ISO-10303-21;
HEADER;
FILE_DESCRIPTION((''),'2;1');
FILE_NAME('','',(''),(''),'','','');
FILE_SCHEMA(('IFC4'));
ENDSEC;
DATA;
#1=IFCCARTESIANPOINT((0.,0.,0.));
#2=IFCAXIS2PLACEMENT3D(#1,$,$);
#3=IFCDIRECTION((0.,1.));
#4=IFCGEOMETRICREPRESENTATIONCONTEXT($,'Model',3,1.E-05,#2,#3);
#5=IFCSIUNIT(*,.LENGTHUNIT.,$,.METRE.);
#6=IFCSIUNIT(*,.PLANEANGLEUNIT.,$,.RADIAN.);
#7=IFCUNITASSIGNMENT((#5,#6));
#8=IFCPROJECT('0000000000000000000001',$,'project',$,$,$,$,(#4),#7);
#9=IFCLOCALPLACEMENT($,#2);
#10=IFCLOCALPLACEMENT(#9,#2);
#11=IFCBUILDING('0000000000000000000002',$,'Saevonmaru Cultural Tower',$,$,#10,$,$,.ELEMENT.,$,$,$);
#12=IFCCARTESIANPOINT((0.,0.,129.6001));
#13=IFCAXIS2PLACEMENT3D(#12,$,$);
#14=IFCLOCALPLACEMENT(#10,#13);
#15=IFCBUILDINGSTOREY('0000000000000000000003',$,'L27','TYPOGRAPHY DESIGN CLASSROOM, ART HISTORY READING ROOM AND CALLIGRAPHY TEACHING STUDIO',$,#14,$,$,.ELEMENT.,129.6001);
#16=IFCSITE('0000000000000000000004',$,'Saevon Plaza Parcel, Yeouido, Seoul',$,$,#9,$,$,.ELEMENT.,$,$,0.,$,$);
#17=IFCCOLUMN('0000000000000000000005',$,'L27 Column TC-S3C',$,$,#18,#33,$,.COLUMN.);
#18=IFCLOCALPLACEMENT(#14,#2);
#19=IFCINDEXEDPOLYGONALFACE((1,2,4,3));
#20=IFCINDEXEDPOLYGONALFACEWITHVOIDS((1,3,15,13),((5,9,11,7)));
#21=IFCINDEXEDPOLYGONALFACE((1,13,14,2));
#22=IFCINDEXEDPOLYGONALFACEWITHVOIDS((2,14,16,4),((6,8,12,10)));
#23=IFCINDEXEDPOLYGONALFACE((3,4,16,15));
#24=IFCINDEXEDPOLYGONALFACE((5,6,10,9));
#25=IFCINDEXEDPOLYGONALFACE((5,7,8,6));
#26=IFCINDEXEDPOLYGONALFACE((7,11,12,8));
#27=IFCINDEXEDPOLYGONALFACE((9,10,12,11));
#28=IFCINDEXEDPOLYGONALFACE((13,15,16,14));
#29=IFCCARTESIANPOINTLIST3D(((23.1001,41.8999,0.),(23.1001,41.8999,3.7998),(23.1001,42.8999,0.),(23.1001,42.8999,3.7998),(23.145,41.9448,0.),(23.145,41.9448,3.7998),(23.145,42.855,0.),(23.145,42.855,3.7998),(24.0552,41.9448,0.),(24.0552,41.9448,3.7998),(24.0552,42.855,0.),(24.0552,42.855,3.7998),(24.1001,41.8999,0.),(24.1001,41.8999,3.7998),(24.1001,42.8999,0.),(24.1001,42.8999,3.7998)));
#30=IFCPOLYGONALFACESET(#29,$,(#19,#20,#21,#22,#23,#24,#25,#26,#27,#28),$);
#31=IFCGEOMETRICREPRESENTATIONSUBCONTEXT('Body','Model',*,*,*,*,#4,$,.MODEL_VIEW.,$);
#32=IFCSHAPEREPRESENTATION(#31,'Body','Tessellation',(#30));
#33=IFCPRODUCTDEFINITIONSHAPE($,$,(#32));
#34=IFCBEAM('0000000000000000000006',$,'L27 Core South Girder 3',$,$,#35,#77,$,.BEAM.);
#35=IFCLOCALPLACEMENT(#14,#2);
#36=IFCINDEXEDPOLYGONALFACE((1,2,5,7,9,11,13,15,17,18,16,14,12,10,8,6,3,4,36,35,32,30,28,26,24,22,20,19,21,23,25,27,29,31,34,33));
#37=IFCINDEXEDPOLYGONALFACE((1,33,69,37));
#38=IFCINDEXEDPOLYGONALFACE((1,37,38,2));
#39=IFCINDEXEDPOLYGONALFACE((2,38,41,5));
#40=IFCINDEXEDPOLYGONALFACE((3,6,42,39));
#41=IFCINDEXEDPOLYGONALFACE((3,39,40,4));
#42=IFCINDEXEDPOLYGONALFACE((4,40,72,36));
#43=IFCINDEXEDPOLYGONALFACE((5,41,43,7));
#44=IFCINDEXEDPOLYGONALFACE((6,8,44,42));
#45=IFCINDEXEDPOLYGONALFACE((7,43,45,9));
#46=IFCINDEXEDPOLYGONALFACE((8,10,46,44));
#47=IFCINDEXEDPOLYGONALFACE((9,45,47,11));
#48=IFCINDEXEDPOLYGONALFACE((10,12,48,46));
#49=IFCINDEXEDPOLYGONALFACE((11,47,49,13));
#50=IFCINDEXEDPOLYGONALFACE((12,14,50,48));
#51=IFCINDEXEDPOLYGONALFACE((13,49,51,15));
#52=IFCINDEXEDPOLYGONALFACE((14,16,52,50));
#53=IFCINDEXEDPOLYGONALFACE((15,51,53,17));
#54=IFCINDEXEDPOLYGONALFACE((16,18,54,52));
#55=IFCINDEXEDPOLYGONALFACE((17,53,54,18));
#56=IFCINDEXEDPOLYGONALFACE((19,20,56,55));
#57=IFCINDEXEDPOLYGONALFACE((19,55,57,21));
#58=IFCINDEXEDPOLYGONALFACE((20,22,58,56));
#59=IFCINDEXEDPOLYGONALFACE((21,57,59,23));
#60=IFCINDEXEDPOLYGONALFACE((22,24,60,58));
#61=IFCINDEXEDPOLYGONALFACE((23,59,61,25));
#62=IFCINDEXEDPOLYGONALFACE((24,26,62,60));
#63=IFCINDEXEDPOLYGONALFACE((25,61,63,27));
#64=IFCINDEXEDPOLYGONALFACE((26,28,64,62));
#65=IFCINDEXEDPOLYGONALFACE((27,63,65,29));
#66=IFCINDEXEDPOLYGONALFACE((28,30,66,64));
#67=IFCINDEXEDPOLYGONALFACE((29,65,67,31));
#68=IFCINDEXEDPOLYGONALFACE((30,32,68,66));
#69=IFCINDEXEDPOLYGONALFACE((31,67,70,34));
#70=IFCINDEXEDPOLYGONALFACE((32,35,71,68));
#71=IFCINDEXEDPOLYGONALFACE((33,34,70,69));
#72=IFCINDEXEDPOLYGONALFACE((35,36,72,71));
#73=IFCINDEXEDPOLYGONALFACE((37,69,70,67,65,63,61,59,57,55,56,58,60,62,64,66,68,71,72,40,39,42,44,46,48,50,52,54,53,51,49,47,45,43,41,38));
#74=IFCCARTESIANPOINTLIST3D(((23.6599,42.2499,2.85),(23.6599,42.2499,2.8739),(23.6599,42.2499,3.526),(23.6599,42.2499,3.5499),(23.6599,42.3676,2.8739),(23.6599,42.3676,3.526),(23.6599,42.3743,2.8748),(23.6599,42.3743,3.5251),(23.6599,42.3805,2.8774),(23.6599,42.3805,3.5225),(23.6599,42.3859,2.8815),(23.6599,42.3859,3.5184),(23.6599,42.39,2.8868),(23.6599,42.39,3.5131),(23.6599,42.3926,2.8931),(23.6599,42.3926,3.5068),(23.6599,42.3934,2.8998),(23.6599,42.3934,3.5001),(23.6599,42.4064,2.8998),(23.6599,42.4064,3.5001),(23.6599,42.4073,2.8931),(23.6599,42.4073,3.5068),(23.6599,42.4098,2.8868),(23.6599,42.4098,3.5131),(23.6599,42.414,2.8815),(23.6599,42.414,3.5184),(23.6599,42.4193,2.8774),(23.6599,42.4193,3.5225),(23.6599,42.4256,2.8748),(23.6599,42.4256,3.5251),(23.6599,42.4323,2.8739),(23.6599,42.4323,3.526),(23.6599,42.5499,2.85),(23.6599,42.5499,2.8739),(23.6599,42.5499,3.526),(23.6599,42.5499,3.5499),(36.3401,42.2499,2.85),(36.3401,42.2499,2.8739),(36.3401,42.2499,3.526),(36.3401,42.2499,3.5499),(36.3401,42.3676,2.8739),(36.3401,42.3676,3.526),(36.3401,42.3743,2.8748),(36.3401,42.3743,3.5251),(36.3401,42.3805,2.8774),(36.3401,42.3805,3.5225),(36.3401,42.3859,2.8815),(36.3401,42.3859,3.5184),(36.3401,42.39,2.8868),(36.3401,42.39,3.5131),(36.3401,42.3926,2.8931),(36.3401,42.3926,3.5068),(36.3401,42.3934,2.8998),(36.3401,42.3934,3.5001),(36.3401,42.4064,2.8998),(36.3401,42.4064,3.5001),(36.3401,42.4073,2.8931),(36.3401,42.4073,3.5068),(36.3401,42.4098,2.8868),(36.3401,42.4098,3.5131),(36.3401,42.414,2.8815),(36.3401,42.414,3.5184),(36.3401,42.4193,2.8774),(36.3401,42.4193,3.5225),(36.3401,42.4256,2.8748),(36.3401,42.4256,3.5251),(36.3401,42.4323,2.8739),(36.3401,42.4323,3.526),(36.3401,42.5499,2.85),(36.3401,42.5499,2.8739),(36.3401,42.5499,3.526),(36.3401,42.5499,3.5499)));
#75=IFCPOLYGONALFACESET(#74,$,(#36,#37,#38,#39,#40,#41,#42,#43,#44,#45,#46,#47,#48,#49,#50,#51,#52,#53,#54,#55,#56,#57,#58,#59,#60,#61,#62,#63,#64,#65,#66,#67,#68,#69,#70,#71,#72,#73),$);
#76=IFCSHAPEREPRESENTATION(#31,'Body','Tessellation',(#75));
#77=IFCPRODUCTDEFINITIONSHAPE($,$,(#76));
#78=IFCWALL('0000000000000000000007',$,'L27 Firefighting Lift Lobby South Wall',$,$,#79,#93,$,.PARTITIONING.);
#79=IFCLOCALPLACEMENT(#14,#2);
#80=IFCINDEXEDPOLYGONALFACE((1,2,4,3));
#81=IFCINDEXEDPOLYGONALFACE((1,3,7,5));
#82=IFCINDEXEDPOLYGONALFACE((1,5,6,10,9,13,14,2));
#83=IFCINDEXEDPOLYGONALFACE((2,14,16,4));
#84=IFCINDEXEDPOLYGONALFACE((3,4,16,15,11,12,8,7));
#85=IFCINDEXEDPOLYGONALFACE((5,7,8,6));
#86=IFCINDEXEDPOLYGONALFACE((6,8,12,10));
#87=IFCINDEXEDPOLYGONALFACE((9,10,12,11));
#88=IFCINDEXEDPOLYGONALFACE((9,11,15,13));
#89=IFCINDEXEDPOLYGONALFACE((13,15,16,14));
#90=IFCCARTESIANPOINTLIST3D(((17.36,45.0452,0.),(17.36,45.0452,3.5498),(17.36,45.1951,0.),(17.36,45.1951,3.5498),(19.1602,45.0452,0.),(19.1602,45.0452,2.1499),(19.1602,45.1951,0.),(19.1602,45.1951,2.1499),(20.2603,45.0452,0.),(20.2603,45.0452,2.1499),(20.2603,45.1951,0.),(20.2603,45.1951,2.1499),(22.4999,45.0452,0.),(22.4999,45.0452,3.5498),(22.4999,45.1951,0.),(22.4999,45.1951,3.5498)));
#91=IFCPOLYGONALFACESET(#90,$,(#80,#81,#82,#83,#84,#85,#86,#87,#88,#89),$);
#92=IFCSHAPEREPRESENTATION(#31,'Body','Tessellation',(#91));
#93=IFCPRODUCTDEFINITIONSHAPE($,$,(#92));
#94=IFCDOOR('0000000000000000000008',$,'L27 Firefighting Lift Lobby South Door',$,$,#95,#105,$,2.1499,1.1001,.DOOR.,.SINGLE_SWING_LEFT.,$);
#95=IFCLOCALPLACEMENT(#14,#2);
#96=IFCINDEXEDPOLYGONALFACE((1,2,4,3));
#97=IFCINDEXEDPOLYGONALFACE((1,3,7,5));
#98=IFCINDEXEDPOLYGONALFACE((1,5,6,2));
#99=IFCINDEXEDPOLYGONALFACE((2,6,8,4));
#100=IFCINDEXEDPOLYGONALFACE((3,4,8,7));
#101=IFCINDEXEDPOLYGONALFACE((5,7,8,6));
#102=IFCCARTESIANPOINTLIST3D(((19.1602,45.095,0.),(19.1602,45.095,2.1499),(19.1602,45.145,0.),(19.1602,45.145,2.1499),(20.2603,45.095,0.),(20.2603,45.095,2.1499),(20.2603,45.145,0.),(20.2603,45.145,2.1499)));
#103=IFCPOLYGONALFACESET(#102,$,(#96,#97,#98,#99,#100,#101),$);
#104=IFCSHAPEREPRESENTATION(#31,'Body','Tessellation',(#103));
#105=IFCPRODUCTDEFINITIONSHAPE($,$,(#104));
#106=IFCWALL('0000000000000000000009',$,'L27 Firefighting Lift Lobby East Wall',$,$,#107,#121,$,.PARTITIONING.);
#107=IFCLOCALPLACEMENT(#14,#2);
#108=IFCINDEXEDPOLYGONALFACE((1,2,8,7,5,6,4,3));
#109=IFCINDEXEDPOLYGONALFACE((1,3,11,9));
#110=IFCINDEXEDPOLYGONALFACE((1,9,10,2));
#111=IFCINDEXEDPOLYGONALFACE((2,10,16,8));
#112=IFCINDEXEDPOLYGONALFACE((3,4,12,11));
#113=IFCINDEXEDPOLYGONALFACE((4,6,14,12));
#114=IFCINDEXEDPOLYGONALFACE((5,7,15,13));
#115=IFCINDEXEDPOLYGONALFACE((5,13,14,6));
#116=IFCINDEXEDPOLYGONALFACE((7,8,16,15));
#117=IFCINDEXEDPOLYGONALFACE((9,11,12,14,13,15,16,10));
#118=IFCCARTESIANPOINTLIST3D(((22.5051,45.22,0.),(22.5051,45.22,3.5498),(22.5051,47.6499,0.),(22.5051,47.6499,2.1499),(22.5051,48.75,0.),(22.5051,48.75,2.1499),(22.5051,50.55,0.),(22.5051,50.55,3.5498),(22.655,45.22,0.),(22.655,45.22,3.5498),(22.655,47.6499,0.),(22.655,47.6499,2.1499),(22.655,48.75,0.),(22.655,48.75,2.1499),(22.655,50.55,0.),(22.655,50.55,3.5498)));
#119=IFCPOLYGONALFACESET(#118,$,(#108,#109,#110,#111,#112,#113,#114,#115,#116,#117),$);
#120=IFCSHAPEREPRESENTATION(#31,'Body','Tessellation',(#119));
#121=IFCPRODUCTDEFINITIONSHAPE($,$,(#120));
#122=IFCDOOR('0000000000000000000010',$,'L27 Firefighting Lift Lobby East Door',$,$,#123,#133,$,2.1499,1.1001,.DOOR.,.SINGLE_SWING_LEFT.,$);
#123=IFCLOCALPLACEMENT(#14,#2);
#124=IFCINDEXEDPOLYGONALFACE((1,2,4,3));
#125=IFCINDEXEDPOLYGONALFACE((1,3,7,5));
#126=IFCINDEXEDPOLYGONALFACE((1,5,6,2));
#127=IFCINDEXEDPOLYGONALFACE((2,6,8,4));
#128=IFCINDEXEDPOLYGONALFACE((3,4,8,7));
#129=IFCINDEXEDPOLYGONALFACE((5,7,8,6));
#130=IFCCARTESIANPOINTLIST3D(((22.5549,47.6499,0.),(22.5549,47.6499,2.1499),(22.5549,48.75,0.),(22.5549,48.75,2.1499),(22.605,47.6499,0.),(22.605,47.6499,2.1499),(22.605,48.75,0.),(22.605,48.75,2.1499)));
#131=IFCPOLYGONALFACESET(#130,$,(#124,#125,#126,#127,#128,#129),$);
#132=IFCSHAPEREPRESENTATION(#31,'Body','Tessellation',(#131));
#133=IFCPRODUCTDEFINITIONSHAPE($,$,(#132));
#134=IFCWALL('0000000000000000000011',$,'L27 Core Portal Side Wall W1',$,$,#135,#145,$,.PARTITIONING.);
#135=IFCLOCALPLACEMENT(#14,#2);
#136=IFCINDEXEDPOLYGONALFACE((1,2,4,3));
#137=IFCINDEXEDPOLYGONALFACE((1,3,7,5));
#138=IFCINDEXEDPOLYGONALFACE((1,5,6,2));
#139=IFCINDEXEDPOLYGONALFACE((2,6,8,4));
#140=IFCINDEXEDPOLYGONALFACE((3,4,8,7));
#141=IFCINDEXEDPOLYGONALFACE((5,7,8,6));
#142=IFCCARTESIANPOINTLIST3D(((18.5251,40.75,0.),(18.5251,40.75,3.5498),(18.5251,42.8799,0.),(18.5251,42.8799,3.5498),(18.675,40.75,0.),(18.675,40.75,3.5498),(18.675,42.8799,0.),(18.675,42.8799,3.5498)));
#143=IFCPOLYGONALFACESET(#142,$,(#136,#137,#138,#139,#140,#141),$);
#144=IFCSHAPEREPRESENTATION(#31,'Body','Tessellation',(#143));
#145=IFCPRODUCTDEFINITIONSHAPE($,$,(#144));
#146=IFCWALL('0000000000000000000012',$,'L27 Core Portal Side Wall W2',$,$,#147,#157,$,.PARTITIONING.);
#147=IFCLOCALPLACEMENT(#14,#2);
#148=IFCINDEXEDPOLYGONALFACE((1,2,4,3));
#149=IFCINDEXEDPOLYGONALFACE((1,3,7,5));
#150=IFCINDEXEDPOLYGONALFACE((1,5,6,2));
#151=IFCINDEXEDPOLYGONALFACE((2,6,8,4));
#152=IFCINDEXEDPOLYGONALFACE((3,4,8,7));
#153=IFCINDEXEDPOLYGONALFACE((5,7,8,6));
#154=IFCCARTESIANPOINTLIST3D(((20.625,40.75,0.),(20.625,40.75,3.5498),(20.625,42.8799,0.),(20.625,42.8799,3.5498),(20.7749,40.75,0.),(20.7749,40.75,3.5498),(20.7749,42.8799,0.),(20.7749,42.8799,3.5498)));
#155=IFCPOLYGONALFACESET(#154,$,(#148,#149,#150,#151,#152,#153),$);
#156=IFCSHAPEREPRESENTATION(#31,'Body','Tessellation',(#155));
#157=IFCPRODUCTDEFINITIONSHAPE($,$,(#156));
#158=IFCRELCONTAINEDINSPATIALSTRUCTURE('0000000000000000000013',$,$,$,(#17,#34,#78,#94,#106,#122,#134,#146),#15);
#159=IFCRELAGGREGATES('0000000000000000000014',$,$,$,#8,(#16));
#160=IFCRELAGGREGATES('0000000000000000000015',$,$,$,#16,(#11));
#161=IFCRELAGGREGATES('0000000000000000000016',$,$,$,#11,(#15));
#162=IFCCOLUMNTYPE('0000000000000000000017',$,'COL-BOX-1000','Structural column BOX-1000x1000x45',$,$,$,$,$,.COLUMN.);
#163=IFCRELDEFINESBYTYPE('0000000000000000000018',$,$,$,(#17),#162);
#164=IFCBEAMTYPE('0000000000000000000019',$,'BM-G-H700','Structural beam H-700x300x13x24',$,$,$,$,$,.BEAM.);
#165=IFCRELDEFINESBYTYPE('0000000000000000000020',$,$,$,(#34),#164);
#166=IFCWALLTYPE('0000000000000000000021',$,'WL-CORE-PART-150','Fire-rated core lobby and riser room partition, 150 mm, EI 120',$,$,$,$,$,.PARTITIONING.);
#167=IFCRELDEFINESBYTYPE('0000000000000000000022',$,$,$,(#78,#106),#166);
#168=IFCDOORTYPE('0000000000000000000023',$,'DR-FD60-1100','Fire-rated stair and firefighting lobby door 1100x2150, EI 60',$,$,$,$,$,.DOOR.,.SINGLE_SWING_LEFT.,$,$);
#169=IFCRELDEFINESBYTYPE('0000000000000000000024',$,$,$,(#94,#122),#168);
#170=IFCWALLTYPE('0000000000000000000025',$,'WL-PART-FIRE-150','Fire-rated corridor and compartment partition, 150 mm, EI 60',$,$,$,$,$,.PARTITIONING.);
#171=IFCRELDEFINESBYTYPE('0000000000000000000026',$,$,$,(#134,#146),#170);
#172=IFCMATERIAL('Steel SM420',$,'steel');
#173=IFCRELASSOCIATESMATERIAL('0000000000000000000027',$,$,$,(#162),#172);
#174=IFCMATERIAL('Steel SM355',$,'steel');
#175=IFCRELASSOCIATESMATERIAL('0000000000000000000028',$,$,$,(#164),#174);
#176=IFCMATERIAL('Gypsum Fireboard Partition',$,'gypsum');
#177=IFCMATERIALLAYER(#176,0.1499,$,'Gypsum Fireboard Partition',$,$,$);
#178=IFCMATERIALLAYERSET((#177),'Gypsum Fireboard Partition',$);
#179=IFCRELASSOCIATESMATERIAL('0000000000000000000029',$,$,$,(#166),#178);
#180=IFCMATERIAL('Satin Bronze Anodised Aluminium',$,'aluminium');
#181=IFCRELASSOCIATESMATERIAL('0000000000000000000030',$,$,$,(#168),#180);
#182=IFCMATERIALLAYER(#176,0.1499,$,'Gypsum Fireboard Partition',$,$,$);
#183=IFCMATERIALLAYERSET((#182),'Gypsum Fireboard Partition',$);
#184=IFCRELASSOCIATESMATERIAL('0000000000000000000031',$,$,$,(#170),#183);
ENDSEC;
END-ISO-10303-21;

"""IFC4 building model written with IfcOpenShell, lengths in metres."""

from ifc_helpers import new_model, si_unit, direction, frame, frame_2d, origin, origin_2d, place, context, subcontext, project, spatial, rectangle, hollow_rectangle, i_section, extrude, material, layer, layer_set, material_profile, profile_set, type_object, element, fill, save


model = new_model("IFC4")

# Units and contexts
model_context = context("Model", 3, precision=1e-05, world=origin(), true_north=direction((0.0, 1.0)))
body_context = subcontext(model_context, "Body", "Model", "MODEL_VIEW")
ifc_project = project(units=[si_unit("LENGTHUNIT", "METRE"), si_unit("PLANEANGLEUNIT", "RADIAN")], contexts=[model_context])

# Site, building, storey
site_placement = place(None, origin())
site = spatial("IfcSite", under=ifc_project, at=site_placement, Name="Saevon Plaza Parcel, Yeouido, Seoul", CompositionType="ELEMENT", RefElevation=0.0)
building_placement = place(site_placement, origin())
building = spatial("IfcBuilding", under=site, at=building_placement, Name="Saevonmaru Cultural Tower", CompositionType="ELEMENT")
storey_placement = place(building_placement, frame((0.0, 0.0, 129.6001)))
storey = spatial("IfcBuildingStorey", under=building, at=storey_placement, Name="L27", Description="TYPOGRAPHY DESIGN CLASSROOM, ART HISTORY READING ROOM AND CALLIGRAPHY TEACHING STUDIO", CompositionType="ELEMENT", Elevation=129.6001)

# Column
ifc_material_1 = material(Name="Steel SM420", Category="steel")
ifc_material_profile_1 = material_profile(ifc_material_1, hollow_rectangle(XDim=1.0, YDim=1.0, WallThickness=0.0449, at=origin_2d()), Name="BOX-1000x1000x45")
ifc_profile_set_1 = profile_set([ifc_material_profile_1], Name="Steel SM420")
column_type = type_object("IfcColumnType", Name="COL-BOX-1000", Description="Structural column BOX-1000x1000x45", PredefinedType="COLUMN", material=ifc_profile_set_1)
column_placement = place(storey_placement, frame((23.6001, 42.3999, 0.0), z_axis=(0.0, 0.0, 1.0), x_axis=(1.0, 0.0, 0.0)))
element("IfcColumn", 1, at=column_placement, inside=storey, type_object=column_type, Name="L27 Column TC-S3C", PredefinedType="COLUMN", context=body_context, shape_type="SweptSolid", body=[
    extrude(hollow_rectangle(XDim=1.0, YDim=1.0, WallThickness=0.0449, at=origin_2d()), origin(), (0.0, 0.0, 1.0), 3.7998),
])

# Beam
ifc_material_2 = material(Name="Steel SM355", Category="steel")
ifc_material_profile_2 = material_profile(ifc_material_2, i_section(OverallWidth=0.3, OverallDepth=0.7, WebThickness=0.0129, FlangeThickness=0.0239, FilletRadius=0.0259, at=origin_2d()), Name="H-700x300x13x24")
ifc_profile_set_2 = profile_set([ifc_material_profile_2], Name="Steel SM355")
beam_type = type_object("IfcBeamType", Name="BM-G-H700", Description="Structural beam H-700x300x13x24", PredefinedType="BEAM", material=ifc_profile_set_2)
beam_placement = place(storey_placement, frame((23.6599, 42.3999, 3.2), z_axis=(1.0, 0.0, 0.0), x_axis=(0.0, 1.0, 0.0)))
element("IfcBeam", 2, at=beam_placement, inside=storey, type_object=beam_type, Name="L27 Core South Girder 3", PredefinedType="BEAM", context=body_context, shape_type="SweptSolid", body=[
    extrude(i_section(OverallWidth=0.3, OverallDepth=0.7, WebThickness=0.0129, FlangeThickness=0.0239, FilletRadius=0.0259, at=origin_2d()), origin(), (0.0, 0.0, 1.0), 12.6802),
])

# Walls, openings, doors
ifc_material_3 = material(Name="Gypsum Fireboard Partition", Category="gypsum")
ifc_layer_1 = layer(ifc_material_3, 0.1499, Name="Gypsum Fireboard Partition")
ifc_layer_set_1 = layer_set([ifc_layer_1], Name="Gypsum Fireboard Partition")
wall_type_1 = type_object("IfcWallType", Name="WL-CORE-PART-150", Description="Fire-rated core lobby and riser room partition, 150 mm, EI 120", PredefinedType="PARTITIONING", material=ifc_layer_set_1)
wall_1_placement = place(storey_placement, frame((17.3601, 45.1201, 0.0), z_axis=(0.0, 0.0, 1.0), x_axis=(1.0, 0.0, 0.0)))
wall_1 = element("IfcWall", 3, at=wall_1_placement, inside=storey, type_object=wall_type_1, Name="L27 Firefighting Lift Lobby South Wall", PredefinedType="PARTITIONING", context=body_context, shape_type="SweptSolid", body=[
    extrude(rectangle(XDim=5.1399, YDim=0.1499, at=frame_2d((2.5698, 0.0))), origin(), (0.0, 0.0, 1.0), 3.5498),
])
opening_1_placement = place(wall_1_placement, frame((1.8, 0.0, 0.0)))
opening_1 = element("IfcOpeningElement", 4, at=opening_1_placement, cuts=wall_1, PredefinedType="OPENING", context=body_context, shape_type="SweptSolid", body=[
    extrude(rectangle(XDim=1.1001, YDim=2.1499, at=frame_2d((0.55, 1.075))), frame((0.0, 0.085, 0.0), z_axis=(0.0, -1.0, 0.0), x_axis=(1.0, 0.0, 0.0)), (0.0, 0.0, 1.0), 0.1699),
])
ifc_material_4 = material(Name="Satin Bronze Anodised Aluminium", Category="aluminium")
door_type_1 = type_object("IfcDoorType", Name="DR-FD60-1100", Description="Fire-rated stair and firefighting lobby door 1100x2150, EI 60", OperationType="SINGLE_SWING_LEFT", PredefinedType="DOOR", material=ifc_material_4)
door_1_placement = place(opening_1_placement, origin())
door_1 = element("IfcDoor", 5, at=door_1_placement, inside=storey, type_object=door_type_1, Name="L27 Firefighting Lift Lobby South Door", OperationType="SINGLE_SWING_LEFT", OverallHeight=2.1499, OverallWidth=1.1001, PredefinedType="DOOR", context=body_context, shape_type="SweptSolid", body=[
    extrude(rectangle(XDim=1.1001, YDim=2.1499, at=frame_2d((0.55, 1.075))), frame((0.0, 0.0249, 0.0), z_axis=(0.0, -1.0, 0.0), x_axis=(1.0, 0.0, 0.0)), (0.0, 0.0, 1.0), 0.05),
])
fill(opening_1, door_1)
wall_2_placement = place(storey_placement, frame((22.5801, 50.55, 0.0), z_axis=(0.0, 0.0, 1.0), x_axis=(0.0, -1.0, 0.0)))
wall_2 = element("IfcWall", 6, at=wall_2_placement, inside=storey, type_object=wall_type_1, Name="L27 Firefighting Lift Lobby East Wall", PredefinedType="PARTITIONING", context=body_context, shape_type="SweptSolid", body=[
    extrude(rectangle(XDim=5.3301, YDim=0.1499, at=frame_2d((2.665, 0.0))), origin(), (0.0, 0.0, 1.0), 3.5498),
])
opening_2_placement = place(wall_2_placement, frame((1.8, 0.0, 0.0)))
opening_2 = element("IfcOpeningElement", 7, at=opening_2_placement, cuts=wall_2, PredefinedType="OPENING", context=body_context, shape_type="SweptSolid", body=[
    extrude(rectangle(XDim=1.1001, YDim=2.1499, at=frame_2d((0.55, 1.075))), frame((0.0, 0.085, 0.0), z_axis=(0.0, -1.0, 0.0), x_axis=(1.0, 0.0, 0.0)), (0.0, 0.0, 1.0), 0.1699),
])
door_2_placement = place(opening_2_placement, origin())
door_2 = element("IfcDoor", 8, at=door_2_placement, inside=storey, type_object=door_type_1, Name="L27 Firefighting Lift Lobby East Door", OperationType="SINGLE_SWING_LEFT", OverallHeight=2.1499, OverallWidth=1.1001, PredefinedType="DOOR", context=body_context, shape_type="SweptSolid", body=[
    extrude(rectangle(XDim=1.1001, YDim=2.1499, at=frame_2d((0.55, 1.075))), frame((0.0, 0.0249, 0.0), z_axis=(0.0, -1.0, 0.0), x_axis=(1.0, 0.0, 0.0)), (0.0, 0.0, 1.0), 0.05),
])
fill(opening_2, door_2)

# Walls
ifc_layer_2 = layer(ifc_material_3, 0.1499, Name="Gypsum Fireboard Partition")
ifc_layer_set_2 = layer_set([ifc_layer_2], Name="Gypsum Fireboard Partition")
wall_type_2 = type_object("IfcWallType", Name="WL-PART-FIRE-150", Description="Fire-rated corridor and compartment partition, 150 mm, EI 60", PredefinedType="PARTITIONING", material=ifc_layer_set_2)
for number, where, z_axis, x_axis, name in (
    (9, (18.6001, 40.75, 0.0), (0.0, 0.0, 1.0), (0.0, 1.0, 0.0), "L27 Core Portal Side Wall W1"),
    (10, (20.7, 40.75, 0.0), (0.0, 0.0, 1.0), (0.0, 1.0, 0.0), "L27 Core Portal Side Wall W2"),
):
    element("IfcWall", number, at=place(storey_placement, frame(where, z_axis=z_axis, x_axis=x_axis)), inside=storey, type_object=wall_type_2, Name=name, PredefinedType="PARTITIONING", context=body_context, shape_type="SweptSolid", body=[
        extrude(rectangle(XDim=2.1299, YDim=0.1499, at=frame_2d((1.0649, 0.0))), origin(), (0.0, 0.0, 1.0), 3.5498),
    ])

save(model, "model.ifc")
